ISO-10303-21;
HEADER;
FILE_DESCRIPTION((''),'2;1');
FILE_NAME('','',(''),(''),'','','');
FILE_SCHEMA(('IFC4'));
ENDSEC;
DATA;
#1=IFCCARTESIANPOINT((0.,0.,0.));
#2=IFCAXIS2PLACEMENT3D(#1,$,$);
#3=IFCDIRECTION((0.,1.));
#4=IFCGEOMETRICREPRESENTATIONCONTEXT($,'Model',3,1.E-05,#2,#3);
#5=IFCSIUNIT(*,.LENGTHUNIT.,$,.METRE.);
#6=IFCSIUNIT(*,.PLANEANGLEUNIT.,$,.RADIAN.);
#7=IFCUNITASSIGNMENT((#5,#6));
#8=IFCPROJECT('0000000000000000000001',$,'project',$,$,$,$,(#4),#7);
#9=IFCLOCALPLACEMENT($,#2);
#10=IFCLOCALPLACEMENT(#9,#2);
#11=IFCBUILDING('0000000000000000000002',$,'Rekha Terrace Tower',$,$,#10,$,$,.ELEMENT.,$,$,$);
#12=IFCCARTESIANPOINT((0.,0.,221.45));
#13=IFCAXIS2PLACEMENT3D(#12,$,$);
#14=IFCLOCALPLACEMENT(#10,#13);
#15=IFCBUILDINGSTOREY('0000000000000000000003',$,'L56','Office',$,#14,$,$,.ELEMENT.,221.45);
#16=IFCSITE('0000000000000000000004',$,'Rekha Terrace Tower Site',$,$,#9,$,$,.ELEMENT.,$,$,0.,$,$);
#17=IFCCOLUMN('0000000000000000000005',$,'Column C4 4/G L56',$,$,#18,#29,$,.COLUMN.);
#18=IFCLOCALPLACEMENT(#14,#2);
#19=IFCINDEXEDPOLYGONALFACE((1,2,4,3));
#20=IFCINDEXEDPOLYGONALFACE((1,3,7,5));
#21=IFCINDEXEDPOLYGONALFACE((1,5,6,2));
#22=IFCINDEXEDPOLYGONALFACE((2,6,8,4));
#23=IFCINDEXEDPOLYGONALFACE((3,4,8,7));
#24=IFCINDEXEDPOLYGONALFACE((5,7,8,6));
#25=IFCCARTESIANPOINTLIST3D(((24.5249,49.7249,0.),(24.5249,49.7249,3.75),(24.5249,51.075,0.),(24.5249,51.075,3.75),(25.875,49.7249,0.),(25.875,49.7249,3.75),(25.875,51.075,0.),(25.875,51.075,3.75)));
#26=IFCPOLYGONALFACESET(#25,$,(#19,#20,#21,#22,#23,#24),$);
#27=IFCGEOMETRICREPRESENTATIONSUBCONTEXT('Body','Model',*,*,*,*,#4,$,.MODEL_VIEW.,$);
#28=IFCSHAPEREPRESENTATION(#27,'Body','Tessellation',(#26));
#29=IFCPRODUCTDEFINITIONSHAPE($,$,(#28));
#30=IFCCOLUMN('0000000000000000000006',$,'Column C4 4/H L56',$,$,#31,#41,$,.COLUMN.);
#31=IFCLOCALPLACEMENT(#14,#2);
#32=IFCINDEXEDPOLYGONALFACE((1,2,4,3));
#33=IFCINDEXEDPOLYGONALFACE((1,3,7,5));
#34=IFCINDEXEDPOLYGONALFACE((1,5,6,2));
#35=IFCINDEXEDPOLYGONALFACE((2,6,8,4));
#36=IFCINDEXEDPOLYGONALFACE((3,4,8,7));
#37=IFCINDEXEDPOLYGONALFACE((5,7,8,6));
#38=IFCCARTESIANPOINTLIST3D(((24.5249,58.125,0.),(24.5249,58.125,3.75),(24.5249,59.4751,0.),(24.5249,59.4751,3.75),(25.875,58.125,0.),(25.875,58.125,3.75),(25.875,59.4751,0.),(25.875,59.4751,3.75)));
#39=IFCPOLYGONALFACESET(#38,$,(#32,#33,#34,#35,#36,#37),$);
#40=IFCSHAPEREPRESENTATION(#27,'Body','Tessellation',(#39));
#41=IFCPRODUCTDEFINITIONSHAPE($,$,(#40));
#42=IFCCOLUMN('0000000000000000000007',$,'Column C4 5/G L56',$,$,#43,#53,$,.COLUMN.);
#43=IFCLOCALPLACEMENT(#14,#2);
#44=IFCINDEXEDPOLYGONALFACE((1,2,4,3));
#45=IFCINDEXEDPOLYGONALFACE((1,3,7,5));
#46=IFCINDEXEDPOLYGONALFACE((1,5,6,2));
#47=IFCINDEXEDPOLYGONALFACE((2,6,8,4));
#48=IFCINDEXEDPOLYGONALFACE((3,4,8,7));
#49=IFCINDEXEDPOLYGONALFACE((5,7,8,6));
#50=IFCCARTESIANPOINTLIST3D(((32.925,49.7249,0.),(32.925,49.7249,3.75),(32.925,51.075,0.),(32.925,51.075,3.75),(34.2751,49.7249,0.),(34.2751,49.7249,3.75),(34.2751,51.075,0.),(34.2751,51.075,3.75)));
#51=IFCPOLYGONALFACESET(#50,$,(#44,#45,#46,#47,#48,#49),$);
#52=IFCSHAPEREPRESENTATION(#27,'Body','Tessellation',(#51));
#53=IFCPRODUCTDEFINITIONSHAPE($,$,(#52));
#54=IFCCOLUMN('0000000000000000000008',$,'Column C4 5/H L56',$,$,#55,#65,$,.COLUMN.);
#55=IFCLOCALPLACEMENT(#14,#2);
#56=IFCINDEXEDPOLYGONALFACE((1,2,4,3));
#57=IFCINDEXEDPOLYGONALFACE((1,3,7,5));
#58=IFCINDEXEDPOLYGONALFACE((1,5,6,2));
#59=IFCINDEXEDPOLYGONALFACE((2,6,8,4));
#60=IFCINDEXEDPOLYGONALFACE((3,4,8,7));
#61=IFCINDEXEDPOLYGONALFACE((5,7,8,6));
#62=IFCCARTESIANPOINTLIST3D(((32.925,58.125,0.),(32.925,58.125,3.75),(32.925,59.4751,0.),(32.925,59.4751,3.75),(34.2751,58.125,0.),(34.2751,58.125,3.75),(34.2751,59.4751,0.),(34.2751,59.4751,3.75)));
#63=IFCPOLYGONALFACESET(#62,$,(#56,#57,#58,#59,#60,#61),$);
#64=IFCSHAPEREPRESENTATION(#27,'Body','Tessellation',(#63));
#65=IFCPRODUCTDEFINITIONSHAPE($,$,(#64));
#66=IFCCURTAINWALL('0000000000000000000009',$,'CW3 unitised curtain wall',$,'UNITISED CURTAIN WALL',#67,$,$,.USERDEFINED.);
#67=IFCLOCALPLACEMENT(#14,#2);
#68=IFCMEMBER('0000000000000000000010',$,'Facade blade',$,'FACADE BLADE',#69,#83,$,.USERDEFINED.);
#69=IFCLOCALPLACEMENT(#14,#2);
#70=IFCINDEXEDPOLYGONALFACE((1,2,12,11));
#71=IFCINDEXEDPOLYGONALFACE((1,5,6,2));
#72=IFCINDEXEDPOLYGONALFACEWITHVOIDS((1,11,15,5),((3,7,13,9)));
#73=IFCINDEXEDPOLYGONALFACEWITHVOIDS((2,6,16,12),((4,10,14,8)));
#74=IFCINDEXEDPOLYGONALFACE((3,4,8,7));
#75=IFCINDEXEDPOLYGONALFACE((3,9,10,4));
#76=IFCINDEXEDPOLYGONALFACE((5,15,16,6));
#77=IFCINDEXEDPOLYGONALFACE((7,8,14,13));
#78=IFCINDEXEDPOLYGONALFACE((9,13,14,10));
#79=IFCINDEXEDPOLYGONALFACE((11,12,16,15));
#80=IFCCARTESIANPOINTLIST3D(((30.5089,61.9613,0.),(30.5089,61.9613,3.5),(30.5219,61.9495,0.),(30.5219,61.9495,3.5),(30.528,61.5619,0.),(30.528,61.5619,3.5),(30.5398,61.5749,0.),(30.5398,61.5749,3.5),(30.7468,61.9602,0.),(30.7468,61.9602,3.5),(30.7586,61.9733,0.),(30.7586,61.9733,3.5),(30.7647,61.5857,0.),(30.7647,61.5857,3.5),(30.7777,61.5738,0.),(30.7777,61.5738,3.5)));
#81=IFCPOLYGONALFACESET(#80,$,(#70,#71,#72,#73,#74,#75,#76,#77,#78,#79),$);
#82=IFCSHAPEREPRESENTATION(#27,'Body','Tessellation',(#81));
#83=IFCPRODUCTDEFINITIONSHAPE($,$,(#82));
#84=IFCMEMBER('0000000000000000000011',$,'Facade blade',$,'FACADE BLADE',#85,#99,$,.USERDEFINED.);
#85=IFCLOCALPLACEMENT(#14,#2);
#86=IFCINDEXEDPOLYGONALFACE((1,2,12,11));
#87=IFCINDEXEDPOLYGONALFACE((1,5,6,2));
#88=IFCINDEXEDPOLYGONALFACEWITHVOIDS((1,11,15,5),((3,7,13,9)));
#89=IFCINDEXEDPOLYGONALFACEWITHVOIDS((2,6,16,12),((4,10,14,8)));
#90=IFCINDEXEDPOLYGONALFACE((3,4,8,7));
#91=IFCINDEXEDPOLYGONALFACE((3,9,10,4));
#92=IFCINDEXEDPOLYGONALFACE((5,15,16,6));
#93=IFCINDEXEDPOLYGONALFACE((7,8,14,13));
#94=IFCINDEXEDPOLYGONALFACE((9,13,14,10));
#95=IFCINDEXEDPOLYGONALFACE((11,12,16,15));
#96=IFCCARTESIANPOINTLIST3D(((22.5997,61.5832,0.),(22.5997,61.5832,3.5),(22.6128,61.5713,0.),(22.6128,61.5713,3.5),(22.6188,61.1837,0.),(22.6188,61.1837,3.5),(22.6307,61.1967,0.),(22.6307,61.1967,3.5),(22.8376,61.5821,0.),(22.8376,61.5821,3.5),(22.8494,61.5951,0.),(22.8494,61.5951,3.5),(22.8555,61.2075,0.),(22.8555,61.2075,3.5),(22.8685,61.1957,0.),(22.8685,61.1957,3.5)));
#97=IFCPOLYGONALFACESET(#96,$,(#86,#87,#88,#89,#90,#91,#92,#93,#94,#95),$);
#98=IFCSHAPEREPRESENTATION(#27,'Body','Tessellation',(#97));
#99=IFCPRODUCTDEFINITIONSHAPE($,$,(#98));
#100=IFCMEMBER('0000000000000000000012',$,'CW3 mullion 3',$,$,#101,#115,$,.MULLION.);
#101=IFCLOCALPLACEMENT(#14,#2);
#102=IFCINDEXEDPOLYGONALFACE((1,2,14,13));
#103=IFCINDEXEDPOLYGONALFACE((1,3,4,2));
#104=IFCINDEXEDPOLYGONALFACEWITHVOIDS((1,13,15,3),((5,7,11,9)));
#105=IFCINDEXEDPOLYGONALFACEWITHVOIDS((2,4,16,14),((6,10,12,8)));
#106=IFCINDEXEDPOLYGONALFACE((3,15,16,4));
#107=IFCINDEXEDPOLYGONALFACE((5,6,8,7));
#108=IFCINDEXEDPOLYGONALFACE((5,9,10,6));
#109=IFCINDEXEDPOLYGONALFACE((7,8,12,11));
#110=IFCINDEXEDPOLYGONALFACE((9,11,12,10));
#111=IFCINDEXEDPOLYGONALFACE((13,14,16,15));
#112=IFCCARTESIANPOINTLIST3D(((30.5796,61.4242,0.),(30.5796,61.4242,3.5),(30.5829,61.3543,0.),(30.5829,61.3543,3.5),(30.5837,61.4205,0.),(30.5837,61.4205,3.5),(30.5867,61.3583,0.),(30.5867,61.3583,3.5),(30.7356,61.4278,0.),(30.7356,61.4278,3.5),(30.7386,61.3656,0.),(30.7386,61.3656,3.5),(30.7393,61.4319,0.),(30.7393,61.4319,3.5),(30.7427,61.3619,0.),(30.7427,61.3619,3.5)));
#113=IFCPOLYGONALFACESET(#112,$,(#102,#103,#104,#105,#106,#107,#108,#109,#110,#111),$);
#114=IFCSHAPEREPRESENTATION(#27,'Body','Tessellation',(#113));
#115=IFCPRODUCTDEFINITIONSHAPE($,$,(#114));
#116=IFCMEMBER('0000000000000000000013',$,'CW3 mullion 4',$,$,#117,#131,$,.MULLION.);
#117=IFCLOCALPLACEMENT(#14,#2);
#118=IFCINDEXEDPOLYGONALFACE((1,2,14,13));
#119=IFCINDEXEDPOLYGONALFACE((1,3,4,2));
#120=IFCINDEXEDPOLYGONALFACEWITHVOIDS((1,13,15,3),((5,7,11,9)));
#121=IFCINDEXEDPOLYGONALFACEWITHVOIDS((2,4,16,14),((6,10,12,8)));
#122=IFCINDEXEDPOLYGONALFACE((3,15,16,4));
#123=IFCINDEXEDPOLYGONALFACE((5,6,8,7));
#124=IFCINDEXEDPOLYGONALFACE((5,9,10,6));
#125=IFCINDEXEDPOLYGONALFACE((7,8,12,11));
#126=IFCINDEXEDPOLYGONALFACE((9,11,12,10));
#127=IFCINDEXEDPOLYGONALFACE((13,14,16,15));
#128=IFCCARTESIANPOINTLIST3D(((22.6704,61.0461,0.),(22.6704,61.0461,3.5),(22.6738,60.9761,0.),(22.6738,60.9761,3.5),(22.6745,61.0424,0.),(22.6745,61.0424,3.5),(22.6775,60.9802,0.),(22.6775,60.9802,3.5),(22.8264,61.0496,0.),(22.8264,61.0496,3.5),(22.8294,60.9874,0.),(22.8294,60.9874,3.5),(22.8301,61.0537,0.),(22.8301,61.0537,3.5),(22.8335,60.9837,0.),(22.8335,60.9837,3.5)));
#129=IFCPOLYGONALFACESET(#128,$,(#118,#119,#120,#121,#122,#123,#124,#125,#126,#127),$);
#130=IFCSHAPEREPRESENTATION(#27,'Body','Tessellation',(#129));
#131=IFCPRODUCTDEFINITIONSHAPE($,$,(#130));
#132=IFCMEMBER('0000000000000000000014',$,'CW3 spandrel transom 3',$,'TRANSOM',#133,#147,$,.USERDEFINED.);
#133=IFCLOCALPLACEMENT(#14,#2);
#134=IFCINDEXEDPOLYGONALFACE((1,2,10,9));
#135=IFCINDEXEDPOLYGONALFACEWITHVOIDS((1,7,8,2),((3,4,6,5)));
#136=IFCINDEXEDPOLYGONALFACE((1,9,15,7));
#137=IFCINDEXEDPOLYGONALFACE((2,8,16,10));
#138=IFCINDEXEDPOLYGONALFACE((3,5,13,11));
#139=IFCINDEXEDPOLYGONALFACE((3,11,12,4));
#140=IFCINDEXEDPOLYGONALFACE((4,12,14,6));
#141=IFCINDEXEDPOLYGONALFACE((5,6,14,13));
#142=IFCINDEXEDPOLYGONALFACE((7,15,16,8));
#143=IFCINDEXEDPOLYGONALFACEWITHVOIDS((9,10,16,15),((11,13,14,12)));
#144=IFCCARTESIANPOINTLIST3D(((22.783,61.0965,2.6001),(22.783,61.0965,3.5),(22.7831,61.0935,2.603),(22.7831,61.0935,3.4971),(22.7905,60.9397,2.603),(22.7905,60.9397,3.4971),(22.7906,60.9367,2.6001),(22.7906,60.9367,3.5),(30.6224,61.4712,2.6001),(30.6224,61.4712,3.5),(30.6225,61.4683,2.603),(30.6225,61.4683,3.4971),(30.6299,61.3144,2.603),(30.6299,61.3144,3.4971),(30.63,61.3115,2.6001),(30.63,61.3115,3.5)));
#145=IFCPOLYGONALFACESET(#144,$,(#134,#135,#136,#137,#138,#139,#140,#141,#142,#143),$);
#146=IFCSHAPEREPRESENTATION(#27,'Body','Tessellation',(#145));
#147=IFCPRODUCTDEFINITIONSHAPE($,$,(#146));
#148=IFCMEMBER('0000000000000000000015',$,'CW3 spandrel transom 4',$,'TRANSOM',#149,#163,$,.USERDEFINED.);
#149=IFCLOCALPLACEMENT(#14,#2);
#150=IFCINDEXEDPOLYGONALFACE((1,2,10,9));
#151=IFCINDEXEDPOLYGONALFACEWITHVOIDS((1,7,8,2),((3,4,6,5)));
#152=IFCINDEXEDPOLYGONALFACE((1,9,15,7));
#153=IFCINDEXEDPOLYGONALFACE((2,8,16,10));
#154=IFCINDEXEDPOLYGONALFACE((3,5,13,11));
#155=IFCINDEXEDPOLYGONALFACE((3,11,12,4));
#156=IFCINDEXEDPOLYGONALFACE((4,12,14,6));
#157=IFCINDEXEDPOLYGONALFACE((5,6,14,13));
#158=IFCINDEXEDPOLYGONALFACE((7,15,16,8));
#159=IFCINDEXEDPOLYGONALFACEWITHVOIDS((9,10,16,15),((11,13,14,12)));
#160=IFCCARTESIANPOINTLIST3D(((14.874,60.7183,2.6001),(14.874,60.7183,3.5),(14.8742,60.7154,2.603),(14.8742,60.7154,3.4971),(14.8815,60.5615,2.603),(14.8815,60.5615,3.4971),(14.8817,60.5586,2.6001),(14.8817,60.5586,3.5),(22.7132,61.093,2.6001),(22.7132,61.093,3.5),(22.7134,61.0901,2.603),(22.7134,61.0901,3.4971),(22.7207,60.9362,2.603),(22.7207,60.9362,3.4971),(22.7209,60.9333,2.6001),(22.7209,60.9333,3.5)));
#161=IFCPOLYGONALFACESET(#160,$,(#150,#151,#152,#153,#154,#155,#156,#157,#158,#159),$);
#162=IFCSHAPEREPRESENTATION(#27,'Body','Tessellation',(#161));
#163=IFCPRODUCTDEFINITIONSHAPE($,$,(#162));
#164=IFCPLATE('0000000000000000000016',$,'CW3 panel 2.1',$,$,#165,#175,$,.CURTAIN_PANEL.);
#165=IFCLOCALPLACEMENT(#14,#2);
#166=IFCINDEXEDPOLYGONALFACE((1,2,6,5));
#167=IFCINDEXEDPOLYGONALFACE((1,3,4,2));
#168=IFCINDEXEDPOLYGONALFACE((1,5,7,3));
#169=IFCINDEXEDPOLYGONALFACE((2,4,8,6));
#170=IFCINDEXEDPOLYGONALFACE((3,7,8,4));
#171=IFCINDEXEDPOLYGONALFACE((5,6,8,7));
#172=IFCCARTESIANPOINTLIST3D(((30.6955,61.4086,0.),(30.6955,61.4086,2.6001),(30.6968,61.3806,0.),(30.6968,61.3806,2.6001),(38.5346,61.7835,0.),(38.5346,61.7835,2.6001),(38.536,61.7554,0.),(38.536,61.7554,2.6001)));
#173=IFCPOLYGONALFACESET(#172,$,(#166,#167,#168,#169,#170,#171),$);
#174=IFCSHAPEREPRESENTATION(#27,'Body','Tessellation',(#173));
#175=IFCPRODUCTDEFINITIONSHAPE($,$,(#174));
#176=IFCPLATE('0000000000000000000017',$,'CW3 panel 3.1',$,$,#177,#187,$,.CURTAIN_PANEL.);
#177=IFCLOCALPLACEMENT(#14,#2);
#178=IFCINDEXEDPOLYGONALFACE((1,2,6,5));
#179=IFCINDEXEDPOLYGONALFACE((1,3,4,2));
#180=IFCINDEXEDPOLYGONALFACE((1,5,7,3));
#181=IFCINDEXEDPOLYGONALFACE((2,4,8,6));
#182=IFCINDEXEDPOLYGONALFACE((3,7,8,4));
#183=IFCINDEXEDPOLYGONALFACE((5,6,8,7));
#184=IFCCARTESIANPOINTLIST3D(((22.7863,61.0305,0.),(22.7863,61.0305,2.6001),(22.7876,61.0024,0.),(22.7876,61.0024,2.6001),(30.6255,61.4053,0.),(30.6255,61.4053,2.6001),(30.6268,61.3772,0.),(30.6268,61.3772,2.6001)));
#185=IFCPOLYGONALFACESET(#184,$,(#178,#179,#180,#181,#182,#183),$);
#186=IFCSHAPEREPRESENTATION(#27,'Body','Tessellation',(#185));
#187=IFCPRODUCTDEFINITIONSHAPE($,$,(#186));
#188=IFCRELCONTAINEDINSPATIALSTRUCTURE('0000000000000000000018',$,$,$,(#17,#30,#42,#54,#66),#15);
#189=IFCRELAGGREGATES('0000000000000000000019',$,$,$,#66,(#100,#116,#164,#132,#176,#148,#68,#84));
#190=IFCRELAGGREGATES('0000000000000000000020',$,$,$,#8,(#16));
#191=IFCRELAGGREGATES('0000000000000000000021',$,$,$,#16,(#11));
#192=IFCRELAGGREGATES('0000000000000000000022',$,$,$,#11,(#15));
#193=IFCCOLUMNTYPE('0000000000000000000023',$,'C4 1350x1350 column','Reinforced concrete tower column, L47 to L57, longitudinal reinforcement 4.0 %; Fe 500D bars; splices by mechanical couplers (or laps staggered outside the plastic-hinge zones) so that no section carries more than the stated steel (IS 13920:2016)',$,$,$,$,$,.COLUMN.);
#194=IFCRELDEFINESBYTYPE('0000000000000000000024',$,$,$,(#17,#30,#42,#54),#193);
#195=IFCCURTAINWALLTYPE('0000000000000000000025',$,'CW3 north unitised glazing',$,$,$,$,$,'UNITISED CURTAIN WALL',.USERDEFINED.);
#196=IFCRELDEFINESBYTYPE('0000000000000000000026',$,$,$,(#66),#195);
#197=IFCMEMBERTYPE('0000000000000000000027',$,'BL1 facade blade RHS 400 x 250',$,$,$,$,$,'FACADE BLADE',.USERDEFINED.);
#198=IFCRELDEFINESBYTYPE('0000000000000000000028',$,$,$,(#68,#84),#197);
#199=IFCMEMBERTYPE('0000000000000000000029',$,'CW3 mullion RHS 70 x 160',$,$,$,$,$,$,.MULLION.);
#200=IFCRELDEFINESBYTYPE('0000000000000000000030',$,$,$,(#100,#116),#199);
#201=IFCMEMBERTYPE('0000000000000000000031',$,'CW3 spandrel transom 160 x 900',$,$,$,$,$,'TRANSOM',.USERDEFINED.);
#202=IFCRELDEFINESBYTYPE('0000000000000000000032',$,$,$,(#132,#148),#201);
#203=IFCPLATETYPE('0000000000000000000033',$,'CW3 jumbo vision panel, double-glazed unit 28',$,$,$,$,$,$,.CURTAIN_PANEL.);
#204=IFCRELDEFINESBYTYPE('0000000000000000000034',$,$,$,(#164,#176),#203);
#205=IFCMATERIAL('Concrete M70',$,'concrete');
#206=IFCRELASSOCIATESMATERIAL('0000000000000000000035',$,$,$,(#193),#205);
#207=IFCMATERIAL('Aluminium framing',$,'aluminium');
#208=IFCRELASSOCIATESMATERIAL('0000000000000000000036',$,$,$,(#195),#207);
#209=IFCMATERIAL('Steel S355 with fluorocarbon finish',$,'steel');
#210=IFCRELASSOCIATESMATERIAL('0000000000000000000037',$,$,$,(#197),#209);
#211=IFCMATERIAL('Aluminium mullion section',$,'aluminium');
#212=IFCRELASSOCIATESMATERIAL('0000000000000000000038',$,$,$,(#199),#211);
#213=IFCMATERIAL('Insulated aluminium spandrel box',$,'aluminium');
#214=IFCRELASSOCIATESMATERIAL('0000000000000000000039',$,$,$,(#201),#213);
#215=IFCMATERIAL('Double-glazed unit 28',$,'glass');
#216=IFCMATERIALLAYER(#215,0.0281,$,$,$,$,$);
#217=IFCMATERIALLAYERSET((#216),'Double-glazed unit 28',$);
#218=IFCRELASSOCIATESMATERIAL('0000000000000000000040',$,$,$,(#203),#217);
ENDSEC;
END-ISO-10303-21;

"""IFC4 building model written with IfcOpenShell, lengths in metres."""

from ifc_helpers import new_model, si_unit, direction, frame, origin, origin_2d, place, context, subcontext, project, spatial, rectangle, hollow_rectangle, extrude, material, layer, layer_set, material_profile, profile_set, type_object, element, aggregate, save


model = new_model("IFC4")

# Units and contexts
model_context = context("Model", 3, precision=1e-05, world=origin(), true_north=direction((0.0, 1.0)))
body_context = subcontext(model_context, "Body", "Model", "MODEL_VIEW")
ifc_project = project(units=[si_unit("LENGTHUNIT", "METRE"), si_unit("PLANEANGLEUNIT", "RADIAN")], contexts=[model_context])

# Site, building, storey
site_placement = place(None, origin())
site = spatial("IfcSite", under=ifc_project, at=site_placement, Name="Rekha Terrace Tower Site", CompositionType="ELEMENT", RefElevation=0.0)
building_placement = place(site_placement, origin())
building = spatial("IfcBuilding", under=site, at=building_placement, Name="Rekha Terrace Tower", CompositionType="ELEMENT")
storey_placement = place(building_placement, frame((0.0, 0.0, 221.45)))
storey = spatial("IfcBuildingStorey", under=building, at=storey_placement, Name="L56", Description="Office", CompositionType="ELEMENT", Elevation=221.45)

# Columns
ifc_material_1 = material(Name="Concrete M70", Category="concrete")
ifc_material_profile_1 = material_profile(ifc_material_1, rectangle(XDim=1.3501, YDim=1.3501, at=origin_2d()), Name="RC 1350x1350")
ifc_profile_set_1 = profile_set([ifc_material_profile_1], Name="Concrete M70")
column_type = type_object("IfcColumnType", Name="C4 1350x1350 column", Description="Reinforced concrete tower column, L47 to L57, longitudinal reinforcement 4.0 %; Fe 500D bars; splices by mechanical couplers (or laps staggered outside the plastic-hinge zones) so that no section carries more than the stated steel (IS 13920:2016)", PredefinedType="COLUMN", material=ifc_profile_set_1)
for number, where, z_axis, x_axis, name in (
    (1, (25.2, 50.3999, 0.0), (0.0, 0.0, 1.0), (1.0, 0.0, 0.0), "Column C4 4/G L56"),
    (2, (25.2, 58.8, 0.0), (0.0, 0.0, 1.0), (1.0, 0.0, 0.0), "Column C4 4/H L56"),
    (3, (33.6001, 50.3999, 0.0), (0.0, 0.0, 1.0), (1.0, 0.0, 0.0), "Column C4 5/G L56"),
    (4, (33.6001, 58.8, 0.0), (0.0, 0.0, 1.0), (1.0, 0.0, 0.0), "Column C4 5/H L56"),
):
    element("IfcColumn", number, at=place(storey_placement, frame(where, z_axis=z_axis, x_axis=x_axis)), inside=storey, type_object=column_type, Name=name, PredefinedType="COLUMN", context=body_context, shape_type="SweptSolid", body=[
        extrude(rectangle(XDim=1.3501, YDim=1.3501, at=origin_2d()), origin(), (0.0, 0.0, 1.0), 3.75),
    ])

# Curtain wall, members, plates
ifc_material_2 = material(Name="Aluminium framing", Category="aluminium")
curtain_wall_type = type_object("IfcCurtainWallType", Name="CW3 north unitised glazing", ElementType="UNITISED CURTAIN WALL", PredefinedType="USERDEFINED", material=ifc_material_2)
curtain_wall_placement = place(storey_placement, origin())
curtain_wall = element("IfcCurtainWall", 5, at=curtain_wall_placement, inside=storey, type_object=curtain_wall_type, Name="CW3 unitised curtain wall", ObjectType="UNITISED CURTAIN WALL", PredefinedType="USERDEFINED")
ifc_material_3 = material(Name="Steel S355 with fluorocarbon finish", Category="steel")
ifc_material_profile_2 = material_profile(ifc_material_3, hollow_rectangle(XDim=0.25, YDim=0.3999, WallThickness=0.0125, at=origin_2d()), Name="RHS400x250x12.5")
ifc_profile_set_2 = profile_set([ifc_material_profile_2], Name="Steel S355 with fluorocarbon finish")
member_type_1 = type_object("IfcMemberType", Name="BL1 facade blade RHS 400 x 250", ElementType="FACADE BLADE", PredefinedType="USERDEFINED", material=ifc_profile_set_2)
member_1_placement = place(storey_placement, frame((30.6433, 61.7676, 0.0), z_axis=(0.0, 0.0, 1.0), x_axis=(-0.998859, -0.047758, 0.0)))
member_1 = element("IfcMember", 6, at=member_1_placement, type_object=member_type_1, Name="Facade blade", ObjectType="FACADE BLADE", PredefinedType="USERDEFINED", context=body_context, shape_type="SweptSolid", body=[
    extrude(hollow_rectangle(XDim=0.25, YDim=0.3999, WallThickness=0.0125, at=origin_2d()), origin(), (0.0, 0.0, 1.0), 3.5),
])
member_2_placement = place(storey_placement, frame((22.7341, 61.3894, 0.0), z_axis=(0.0, 0.0, 1.0), x_axis=(-0.998859, -0.047758, 0.0)))
member_2 = element("IfcMember", 7, at=member_2_placement, type_object=member_type_1, Name="Facade blade", ObjectType="FACADE BLADE", PredefinedType="USERDEFINED", context=body_context, shape_type="SweptSolid", body=[
    extrude(hollow_rectangle(XDim=0.25, YDim=0.3999, WallThickness=0.0125, at=origin_2d()), origin(), (0.0, 0.0, 1.0), 3.5),
])
ifc_material_4 = material(Name="Aluminium mullion section", Category="aluminium")
ifc_material_profile_3 = material_profile(ifc_material_4, hollow_rectangle(XDim=0.0701, YDim=0.1599, WallThickness=0.0039, at=origin_2d()), Name="AL RHS 70x160")
ifc_profile_set_3 = profile_set([ifc_material_profile_3], Name="Aluminium mullion section")
member_type_2 = type_object("IfcMemberType", Name="CW3 mullion RHS 70 x 160", PredefinedType="MULLION", material=ifc_profile_set_3)
member_3_placement = place(storey_placement, frame((30.6611, 61.3931, 0.0), z_axis=(0.0, 0.0, 1.0), x_axis=(0.047759, -0.998859, 0.0)))
member_3 = element("IfcMember", 8, at=member_3_placement, type_object=member_type_2, Name="CW3 mullion 3", PredefinedType="MULLION", context=body_context, shape_type="SweptSolid", body=[
    extrude(hollow_rectangle(XDim=0.0701, YDim=0.1599, WallThickness=0.0039, at=origin_2d()), origin(), (0.0, 0.0, 1.0), 3.5),
])
member_4_placement = place(storey_placement, frame((22.752, 61.0149, 0.0), z_axis=(0.0, 0.0, 1.0), x_axis=(0.047759, -0.998859, 0.0)))
member_4 = element("IfcMember", 9, at=member_4_placement, type_object=member_type_2, Name="CW3 mullion 4", PredefinedType="MULLION", context=body_context, shape_type="SweptSolid", body=[
    extrude(hollow_rectangle(XDim=0.0701, YDim=0.1599, WallThickness=0.0039, at=origin_2d()), origin(), (0.0, 0.0, 1.0), 3.5),
])
ifc_material_5 = material(Name="Insulated aluminium spandrel box", Category="aluminium")
ifc_material_profile_4 = material_profile(ifc_material_5, hollow_rectangle(XDim=0.1599, YDim=0.8999, WallThickness=0.0029, at=origin_2d()), Name="AL SPANDREL BOX 160x900")
ifc_profile_set_4 = profile_set([ifc_material_profile_4], Name="Insulated aluminium spandrel box")
member_type_3 = type_object("IfcMemberType", Name="CW3 spandrel transom 160 x 900", ElementType="TRANSOM", PredefinedType="USERDEFINED", material=ifc_profile_set_4)
member_5_placement = place(storey_placement, frame((30.6262, 61.3914, 3.05), z_axis=(-0.998859, -0.04775, 0.0), x_axis=(0.04775, -0.998859, 0.0)))
member_5 = element("IfcMember", 10, at=member_5_placement, type_object=member_type_3, Name="CW3 spandrel transom 3", ObjectType="TRANSOM", PredefinedType="USERDEFINED", context=body_context, shape_type="SweptSolid", body=[
    extrude(hollow_rectangle(XDim=0.1599, YDim=0.8999, WallThickness=0.0029, at=origin_2d()), origin(), (0.0, 0.0, 1.0), 7.8484),
])
member_6_placement = place(storey_placement, frame((22.717, 61.0132, 3.05), z_axis=(-0.998859, -0.047751, 0.0), x_axis=(0.047751, -0.998859, 0.0)))
member_6 = element("IfcMember", 11, at=member_6_placement, type_object=member_type_3, Name="CW3 spandrel transom 4", ObjectType="TRANSOM", PredefinedType="USERDEFINED", context=body_context, shape_type="SweptSolid", body=[
    extrude(hollow_rectangle(XDim=0.1599, YDim=0.8999, WallThickness=0.0029, at=origin_2d()), origin(), (0.0, 0.0, 1.0), 7.8481),
])
ifc_material_6 = material(Name="Double-glazed unit 28", Category="glass")
ifc_layer_1 = layer(ifc_material_6, 0.0281)
ifc_layer_set_1 = layer_set([ifc_layer_1], Name="Double-glazed unit 28")
plate_type = type_object("IfcPlateType", Name="CW3 jumbo vision panel, double-glazed unit 28", PredefinedType="CURTAIN_PANEL", material=ifc_layer_set_1)
plate_1_placement = place(storey_placement, frame((34.6157, 61.582, 0.0), z_axis=(0.0, 0.0, 1.0), x_axis=(-0.998859, -0.047759, 0.0)))
plate_1 = element("IfcPlate", 12, at=plate_1_placement, type_object=plate_type, Name="CW3 panel 2.1", PredefinedType="CURTAIN_PANEL", context=body_context, shape_type="SweptSolid", body=[
    extrude(rectangle(XDim=7.8481, YDim=0.0281, at=origin_2d()), origin(), (0.0, 0.0, 1.0), 2.6001),
])
plate_2_placement = place(storey_placement, frame((26.7065, 61.2039, 0.0), z_axis=(0.0, 0.0, 1.0), x_axis=(-0.998859, -0.047759, 0.0)))
plate_2 = element("IfcPlate", 13, at=plate_2_placement, type_object=plate_type, Name="CW3 panel 3.1", PredefinedType="CURTAIN_PANEL", context=body_context, shape_type="SweptSolid", body=[
    extrude(rectangle(XDim=7.8481, YDim=0.0281, at=origin_2d()), origin(), (0.0, 0.0, 1.0), 2.6001),
])
aggregate(curtain_wall, [member_3, member_4, plate_1, member_5, plate_2, member_6, member_1, member_2])

save(model, "model.ifc")
